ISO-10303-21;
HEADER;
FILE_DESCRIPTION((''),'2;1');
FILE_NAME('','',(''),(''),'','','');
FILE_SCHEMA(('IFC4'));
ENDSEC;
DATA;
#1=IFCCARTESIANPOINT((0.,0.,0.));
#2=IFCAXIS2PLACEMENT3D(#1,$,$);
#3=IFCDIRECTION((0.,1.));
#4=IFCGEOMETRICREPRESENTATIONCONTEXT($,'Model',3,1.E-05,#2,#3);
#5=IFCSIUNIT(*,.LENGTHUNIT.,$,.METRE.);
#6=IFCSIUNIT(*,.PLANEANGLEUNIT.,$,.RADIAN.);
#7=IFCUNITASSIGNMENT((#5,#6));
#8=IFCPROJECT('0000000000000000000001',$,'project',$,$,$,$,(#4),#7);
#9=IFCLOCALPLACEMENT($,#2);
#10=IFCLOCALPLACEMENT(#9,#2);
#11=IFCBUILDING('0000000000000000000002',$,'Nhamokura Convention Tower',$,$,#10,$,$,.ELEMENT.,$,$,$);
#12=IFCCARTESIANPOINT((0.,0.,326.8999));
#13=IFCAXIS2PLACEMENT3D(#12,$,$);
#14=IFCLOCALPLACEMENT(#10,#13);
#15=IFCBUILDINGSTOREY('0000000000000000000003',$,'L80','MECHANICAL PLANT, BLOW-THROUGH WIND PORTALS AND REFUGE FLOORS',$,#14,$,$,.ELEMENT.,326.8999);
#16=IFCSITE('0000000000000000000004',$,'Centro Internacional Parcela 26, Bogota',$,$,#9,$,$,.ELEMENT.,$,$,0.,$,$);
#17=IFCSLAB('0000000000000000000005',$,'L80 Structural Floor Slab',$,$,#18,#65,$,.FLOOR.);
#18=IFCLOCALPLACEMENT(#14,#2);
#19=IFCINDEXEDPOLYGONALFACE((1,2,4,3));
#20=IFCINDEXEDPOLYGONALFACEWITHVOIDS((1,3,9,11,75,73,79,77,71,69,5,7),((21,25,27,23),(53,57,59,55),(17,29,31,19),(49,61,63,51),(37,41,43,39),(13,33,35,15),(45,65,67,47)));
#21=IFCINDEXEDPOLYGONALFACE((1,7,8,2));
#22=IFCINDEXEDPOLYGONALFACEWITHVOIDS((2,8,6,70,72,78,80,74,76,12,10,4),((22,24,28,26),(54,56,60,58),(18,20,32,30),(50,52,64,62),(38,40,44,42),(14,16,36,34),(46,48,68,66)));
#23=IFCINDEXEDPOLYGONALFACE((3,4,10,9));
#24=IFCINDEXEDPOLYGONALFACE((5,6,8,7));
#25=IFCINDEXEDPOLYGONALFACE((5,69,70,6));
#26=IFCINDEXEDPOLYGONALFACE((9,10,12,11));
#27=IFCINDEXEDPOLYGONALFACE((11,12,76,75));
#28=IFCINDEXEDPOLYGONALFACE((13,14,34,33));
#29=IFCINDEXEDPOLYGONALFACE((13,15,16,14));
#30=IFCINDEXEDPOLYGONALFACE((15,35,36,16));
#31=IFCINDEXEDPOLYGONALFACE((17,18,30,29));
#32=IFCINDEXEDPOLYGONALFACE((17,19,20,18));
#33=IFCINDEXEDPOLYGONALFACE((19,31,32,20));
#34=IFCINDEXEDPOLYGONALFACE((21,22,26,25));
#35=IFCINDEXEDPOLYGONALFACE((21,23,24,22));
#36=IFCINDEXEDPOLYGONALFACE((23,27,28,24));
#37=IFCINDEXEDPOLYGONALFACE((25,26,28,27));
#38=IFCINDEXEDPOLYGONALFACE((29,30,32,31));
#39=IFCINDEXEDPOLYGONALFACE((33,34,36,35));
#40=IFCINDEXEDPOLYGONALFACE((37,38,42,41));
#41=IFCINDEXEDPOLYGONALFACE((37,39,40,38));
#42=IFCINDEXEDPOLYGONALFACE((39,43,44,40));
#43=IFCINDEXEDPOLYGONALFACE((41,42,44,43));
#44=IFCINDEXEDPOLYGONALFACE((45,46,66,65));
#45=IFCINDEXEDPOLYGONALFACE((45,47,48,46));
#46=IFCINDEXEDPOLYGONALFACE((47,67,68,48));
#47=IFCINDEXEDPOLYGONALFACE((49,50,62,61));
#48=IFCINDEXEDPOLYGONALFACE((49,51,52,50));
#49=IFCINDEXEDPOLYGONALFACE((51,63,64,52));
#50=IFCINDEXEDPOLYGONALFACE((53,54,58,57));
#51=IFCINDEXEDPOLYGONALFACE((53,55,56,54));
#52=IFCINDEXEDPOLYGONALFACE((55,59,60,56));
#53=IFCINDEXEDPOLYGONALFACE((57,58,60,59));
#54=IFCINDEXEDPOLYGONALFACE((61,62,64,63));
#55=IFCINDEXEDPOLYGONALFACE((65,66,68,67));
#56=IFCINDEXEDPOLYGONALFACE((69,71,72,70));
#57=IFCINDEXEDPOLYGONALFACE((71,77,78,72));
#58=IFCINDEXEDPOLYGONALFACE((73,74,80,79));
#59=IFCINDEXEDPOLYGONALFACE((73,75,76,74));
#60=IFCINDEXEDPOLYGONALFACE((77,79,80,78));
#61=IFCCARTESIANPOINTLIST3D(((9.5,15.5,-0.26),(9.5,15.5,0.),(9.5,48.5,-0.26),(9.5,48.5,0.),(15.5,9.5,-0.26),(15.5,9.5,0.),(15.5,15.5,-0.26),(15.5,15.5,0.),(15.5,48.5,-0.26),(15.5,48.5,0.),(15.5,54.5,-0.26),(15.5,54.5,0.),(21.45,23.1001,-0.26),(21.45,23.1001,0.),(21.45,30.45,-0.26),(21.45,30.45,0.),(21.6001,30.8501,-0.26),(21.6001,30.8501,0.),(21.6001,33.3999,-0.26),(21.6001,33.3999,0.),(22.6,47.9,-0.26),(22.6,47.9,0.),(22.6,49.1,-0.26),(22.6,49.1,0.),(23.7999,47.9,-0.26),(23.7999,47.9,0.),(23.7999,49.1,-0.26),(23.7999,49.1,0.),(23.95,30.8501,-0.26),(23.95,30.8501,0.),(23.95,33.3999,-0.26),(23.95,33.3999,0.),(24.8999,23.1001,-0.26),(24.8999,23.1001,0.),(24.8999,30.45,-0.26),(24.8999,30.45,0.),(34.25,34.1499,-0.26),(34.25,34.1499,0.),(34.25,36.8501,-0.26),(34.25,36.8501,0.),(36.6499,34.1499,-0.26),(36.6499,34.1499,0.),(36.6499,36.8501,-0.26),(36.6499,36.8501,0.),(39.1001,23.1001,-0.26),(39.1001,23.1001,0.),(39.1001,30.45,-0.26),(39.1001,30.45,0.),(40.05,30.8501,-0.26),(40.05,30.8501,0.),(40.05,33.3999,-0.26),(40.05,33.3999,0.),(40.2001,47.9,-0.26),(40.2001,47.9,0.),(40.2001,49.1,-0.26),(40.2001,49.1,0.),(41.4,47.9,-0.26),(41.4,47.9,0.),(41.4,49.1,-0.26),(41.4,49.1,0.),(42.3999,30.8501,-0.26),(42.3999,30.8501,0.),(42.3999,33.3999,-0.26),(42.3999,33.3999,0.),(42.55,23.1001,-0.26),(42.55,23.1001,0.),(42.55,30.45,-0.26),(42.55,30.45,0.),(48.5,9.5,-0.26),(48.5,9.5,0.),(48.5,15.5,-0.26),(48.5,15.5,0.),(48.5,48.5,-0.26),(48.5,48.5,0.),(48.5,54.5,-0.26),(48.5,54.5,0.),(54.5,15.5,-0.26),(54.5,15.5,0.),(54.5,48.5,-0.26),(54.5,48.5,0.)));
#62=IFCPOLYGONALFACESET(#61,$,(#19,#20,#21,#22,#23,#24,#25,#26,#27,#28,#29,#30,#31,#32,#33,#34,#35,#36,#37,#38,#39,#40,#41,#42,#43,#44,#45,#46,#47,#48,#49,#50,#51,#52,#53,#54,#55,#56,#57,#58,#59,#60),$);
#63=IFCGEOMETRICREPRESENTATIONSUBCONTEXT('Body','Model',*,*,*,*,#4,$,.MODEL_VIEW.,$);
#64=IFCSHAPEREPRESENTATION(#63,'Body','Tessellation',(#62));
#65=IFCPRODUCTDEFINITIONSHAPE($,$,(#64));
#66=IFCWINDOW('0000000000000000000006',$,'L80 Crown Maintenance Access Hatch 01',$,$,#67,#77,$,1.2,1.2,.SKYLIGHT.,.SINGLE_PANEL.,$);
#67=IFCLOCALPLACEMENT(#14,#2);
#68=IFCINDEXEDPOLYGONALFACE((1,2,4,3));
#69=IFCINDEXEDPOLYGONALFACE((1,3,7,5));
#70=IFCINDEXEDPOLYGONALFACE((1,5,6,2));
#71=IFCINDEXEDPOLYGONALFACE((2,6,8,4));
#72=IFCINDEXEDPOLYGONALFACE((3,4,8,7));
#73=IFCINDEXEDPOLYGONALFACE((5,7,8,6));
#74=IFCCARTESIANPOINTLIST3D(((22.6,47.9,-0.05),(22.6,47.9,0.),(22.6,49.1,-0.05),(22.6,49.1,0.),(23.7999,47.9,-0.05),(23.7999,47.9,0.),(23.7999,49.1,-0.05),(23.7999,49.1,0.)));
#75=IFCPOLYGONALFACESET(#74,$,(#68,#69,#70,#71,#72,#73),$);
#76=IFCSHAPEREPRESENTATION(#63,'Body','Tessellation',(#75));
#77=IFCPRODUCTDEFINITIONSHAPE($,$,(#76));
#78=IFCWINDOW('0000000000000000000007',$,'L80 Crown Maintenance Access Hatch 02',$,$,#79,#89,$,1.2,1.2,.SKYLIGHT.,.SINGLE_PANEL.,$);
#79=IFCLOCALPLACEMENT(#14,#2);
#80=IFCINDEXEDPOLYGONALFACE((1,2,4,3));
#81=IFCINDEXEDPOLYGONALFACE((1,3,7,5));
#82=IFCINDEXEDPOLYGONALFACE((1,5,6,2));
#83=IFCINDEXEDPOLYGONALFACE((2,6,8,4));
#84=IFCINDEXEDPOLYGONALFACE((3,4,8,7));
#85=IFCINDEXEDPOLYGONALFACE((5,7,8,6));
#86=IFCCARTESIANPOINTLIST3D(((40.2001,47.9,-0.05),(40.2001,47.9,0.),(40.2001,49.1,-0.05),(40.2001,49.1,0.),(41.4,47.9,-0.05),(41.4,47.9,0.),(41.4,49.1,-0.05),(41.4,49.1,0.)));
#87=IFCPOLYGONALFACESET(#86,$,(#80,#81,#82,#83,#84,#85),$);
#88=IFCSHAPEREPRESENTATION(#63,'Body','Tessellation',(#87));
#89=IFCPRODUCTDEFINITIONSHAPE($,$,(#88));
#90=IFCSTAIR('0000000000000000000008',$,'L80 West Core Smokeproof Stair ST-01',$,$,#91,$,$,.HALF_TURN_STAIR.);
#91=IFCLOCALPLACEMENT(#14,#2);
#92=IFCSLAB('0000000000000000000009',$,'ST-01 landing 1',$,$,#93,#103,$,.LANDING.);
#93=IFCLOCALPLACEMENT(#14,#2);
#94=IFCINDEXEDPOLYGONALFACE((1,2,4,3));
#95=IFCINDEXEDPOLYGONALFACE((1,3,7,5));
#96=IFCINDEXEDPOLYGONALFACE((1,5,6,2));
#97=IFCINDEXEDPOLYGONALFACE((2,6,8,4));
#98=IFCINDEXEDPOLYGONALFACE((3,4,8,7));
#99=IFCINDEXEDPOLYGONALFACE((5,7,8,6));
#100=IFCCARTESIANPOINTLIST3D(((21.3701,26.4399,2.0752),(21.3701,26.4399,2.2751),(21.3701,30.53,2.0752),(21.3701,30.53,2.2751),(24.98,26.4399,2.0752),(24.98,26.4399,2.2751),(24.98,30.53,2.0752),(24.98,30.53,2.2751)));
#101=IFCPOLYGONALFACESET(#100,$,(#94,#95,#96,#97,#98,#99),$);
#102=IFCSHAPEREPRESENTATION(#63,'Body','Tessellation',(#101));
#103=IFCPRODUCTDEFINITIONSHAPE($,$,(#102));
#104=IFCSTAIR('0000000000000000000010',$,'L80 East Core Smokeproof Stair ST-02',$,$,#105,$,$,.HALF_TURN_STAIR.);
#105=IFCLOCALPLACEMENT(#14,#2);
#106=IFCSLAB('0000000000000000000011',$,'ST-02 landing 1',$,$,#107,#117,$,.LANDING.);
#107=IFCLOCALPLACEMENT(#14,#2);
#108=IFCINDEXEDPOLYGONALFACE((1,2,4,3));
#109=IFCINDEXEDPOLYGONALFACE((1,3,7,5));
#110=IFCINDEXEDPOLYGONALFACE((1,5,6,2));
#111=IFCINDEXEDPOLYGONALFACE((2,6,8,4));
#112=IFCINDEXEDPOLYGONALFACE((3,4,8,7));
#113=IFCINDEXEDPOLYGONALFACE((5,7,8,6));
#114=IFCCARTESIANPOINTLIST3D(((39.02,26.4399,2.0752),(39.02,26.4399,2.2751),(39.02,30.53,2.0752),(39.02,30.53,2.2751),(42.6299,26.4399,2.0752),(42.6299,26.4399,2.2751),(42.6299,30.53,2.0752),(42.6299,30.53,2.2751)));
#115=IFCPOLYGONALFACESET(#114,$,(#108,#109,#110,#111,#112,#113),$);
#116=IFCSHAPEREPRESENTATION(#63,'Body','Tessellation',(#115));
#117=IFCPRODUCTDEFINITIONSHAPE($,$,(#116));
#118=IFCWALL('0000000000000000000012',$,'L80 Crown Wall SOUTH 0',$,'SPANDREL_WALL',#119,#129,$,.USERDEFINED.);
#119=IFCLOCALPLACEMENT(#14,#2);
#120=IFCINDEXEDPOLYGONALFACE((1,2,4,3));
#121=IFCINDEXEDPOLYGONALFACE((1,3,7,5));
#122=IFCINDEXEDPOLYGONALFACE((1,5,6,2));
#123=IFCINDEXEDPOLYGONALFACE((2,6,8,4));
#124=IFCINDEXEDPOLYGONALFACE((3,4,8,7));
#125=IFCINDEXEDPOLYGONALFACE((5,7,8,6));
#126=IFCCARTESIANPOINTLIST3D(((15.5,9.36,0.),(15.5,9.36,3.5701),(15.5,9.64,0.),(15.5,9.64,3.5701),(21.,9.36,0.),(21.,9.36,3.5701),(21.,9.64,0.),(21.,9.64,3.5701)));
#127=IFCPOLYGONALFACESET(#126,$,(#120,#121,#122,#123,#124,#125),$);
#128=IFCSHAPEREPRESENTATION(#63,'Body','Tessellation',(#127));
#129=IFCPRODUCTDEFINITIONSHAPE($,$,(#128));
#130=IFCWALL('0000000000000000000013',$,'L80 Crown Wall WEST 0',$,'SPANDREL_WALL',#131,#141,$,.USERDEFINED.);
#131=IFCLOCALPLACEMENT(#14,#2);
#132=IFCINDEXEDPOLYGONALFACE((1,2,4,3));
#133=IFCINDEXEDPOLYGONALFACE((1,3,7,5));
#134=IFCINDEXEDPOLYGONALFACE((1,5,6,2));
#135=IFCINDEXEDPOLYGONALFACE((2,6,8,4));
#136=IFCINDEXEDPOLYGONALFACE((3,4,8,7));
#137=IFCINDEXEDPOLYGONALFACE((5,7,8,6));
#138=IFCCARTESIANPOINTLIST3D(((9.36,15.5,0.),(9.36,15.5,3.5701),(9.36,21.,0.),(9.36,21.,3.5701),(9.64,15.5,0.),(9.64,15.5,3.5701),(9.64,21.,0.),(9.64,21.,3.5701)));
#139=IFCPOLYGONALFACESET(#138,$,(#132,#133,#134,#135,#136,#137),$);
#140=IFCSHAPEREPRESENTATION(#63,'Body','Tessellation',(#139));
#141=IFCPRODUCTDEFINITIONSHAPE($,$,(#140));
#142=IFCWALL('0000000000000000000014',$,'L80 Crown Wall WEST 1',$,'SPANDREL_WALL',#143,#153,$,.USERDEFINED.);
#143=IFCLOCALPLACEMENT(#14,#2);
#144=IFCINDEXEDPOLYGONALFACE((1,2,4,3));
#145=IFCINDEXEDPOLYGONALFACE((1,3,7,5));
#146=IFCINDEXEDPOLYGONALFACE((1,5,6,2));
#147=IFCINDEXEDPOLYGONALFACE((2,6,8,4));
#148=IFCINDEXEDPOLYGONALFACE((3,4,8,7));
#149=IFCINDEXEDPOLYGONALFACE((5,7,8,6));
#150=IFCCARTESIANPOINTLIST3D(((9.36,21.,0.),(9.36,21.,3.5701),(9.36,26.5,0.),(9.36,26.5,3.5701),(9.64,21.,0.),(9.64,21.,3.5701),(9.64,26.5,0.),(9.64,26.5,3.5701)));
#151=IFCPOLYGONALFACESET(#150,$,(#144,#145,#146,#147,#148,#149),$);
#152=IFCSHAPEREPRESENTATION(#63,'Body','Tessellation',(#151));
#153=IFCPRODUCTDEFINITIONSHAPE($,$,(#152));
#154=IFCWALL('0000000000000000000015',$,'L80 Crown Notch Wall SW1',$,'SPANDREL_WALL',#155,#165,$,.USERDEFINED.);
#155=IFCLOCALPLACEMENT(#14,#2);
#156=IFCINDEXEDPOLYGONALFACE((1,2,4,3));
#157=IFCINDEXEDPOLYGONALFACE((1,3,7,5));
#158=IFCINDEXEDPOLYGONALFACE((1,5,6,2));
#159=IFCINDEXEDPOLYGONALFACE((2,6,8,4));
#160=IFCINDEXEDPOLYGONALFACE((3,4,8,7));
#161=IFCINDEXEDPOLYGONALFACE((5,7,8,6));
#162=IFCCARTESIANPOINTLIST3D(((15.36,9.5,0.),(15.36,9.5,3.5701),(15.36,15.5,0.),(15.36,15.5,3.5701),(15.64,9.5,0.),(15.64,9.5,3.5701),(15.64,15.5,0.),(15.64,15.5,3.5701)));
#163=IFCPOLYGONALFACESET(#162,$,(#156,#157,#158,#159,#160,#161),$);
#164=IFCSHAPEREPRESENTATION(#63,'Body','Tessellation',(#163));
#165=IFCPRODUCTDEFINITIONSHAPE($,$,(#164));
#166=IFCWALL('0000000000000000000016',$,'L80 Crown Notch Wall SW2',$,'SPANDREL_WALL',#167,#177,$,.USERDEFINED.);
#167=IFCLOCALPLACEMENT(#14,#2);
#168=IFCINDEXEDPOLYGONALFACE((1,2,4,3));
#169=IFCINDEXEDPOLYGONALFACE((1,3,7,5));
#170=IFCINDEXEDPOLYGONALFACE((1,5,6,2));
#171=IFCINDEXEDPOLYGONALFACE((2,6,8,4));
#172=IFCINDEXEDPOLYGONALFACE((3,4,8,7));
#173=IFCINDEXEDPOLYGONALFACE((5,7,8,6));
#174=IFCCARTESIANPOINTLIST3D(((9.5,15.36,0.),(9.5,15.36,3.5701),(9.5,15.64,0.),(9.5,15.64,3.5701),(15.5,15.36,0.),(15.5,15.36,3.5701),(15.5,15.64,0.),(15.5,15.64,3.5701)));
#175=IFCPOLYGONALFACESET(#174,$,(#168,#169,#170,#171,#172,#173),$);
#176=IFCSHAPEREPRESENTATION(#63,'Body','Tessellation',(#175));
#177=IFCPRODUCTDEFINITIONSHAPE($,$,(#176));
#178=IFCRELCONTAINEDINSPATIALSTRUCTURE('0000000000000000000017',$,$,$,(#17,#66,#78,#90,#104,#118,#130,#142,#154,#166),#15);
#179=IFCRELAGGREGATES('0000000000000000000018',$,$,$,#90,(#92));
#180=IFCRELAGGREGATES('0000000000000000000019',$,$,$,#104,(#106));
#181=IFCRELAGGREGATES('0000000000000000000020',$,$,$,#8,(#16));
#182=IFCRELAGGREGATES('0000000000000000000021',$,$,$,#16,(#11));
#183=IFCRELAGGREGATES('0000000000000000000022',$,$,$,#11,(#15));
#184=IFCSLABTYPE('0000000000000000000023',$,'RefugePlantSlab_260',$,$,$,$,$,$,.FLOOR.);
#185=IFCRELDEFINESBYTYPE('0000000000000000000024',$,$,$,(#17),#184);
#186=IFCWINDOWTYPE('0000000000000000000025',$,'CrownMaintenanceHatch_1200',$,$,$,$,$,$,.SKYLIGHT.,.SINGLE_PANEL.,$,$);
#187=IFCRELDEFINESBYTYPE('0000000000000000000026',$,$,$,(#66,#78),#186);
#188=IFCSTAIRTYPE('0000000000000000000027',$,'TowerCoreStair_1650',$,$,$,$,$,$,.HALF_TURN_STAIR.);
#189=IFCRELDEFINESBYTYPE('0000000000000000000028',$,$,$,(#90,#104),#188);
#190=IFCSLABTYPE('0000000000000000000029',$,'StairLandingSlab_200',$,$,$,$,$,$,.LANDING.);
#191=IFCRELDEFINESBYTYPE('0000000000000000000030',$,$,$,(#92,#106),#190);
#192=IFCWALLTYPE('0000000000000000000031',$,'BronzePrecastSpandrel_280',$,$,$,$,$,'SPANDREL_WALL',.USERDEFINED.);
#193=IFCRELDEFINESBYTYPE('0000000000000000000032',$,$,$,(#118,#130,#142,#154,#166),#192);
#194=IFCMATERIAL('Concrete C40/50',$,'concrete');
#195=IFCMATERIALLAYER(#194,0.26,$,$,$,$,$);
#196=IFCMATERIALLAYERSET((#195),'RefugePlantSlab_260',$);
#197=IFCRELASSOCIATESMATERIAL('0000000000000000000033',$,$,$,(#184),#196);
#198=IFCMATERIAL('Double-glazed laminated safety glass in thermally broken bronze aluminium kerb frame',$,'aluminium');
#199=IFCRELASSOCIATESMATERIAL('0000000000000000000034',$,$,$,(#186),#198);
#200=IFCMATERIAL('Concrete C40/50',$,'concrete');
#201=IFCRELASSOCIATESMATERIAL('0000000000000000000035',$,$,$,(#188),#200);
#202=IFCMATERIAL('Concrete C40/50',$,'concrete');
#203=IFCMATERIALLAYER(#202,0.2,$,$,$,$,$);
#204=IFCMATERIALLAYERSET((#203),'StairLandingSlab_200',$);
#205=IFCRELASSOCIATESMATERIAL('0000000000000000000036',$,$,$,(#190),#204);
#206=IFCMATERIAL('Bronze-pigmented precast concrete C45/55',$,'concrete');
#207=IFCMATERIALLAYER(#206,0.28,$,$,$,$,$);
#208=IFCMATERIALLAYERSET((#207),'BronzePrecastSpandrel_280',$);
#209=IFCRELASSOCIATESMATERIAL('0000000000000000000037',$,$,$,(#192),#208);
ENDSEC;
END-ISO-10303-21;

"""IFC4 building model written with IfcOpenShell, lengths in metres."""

from ifc_helpers import new_model, si_unit, direction, frame, frame_2d, origin, origin_2d, place, context, subcontext, project, spatial, polyline, rectangle, outline, extrude, material, layer, layer_set, type_object, element, fill, aggregate, save


model = new_model("IFC4")

# Units and contexts
model_context = context("Model", 3, precision=1e-05, world=origin(), true_north=direction((0.0, 1.0)))
body_context = subcontext(model_context, "Body", "Model", "MODEL_VIEW")
ifc_project = project(units=[si_unit("LENGTHUNIT", "METRE"), si_unit("PLANEANGLEUNIT", "RADIAN")], contexts=[model_context])

# Site, building, storey
site_placement = place(None, origin())
site = spatial("IfcSite", under=ifc_project, at=site_placement, Name="Centro Internacional Parcela 26, Bogota", CompositionType="ELEMENT", RefElevation=0.0)
building_placement = place(site_placement, origin())
building = spatial("IfcBuilding", under=site, at=building_placement, Name="Nhamokura Convention Tower", CompositionType="ELEMENT")
storey_placement = place(building_placement, frame((0.0, 0.0, 326.8999)))
storey = spatial("IfcBuildingStorey", under=building, at=storey_placement, Name="L80", Description="MECHANICAL PLANT, BLOW-THROUGH WIND PORTALS AND REFUGE FLOORS", CompositionType="ELEMENT", Elevation=326.8999)

# Slab, openings, windows
ifc_material_1 = material(Name="Concrete C40/50", Category="concrete")
ifc_layer_1 = layer(ifc_material_1, 0.26)
ifc_layer_set_1 = layer_set([ifc_layer_1], Name="RefugePlantSlab_260")
slab_type_1 = type_object("IfcSlabType", Name="RefugePlantSlab_260", PredefinedType="FLOOR", material=ifc_layer_set_1)
slab_1_placement = place(storey_placement, frame((0.0, 0.0, -0.26)))
slab_1 = element("IfcSlab", 1, at=slab_1_placement, inside=storey, type_object=slab_type_1, Name="L80 Structural Floor Slab", PredefinedType="FLOOR", context=body_context, shape_type="SweptSolid", body=[
    extrude(outline(polyline([(15.5, 9.5), (48.5, 9.5), (48.5, 15.5), (54.5, 15.5), (54.5, 48.5), (48.5, 48.5), (48.5, 54.5), (15.5, 54.5), (15.5, 48.5), (9.5, 48.5), (9.5, 15.5), (15.5, 15.5), (15.5, 9.5)]), holes=[polyline([(24.8999, 23.1001), (24.8999, 30.45), (21.45, 30.45), (21.45, 23.1001), (24.8999, 23.1001)]), polyline([(42.55, 23.1001), (42.55, 30.45), (39.1001, 30.45), (39.1001, 23.1001), (42.55, 23.1001)]), polyline([(21.6001, 30.8501), (23.95, 30.8501), (23.95, 33.3999), (21.6001, 33.3999), (21.6001, 30.8501)]), polyline([(40.05, 30.8501), (42.3999, 30.8501), (42.3999, 33.3999), (40.05, 33.3999), (40.05, 30.8501)]), polyline([(34.25, 34.1499), (36.6499, 34.1499), (36.6499, 36.8501), (34.25, 36.8501), (34.25, 34.1499)])]), origin(), (0.0, 0.0, 1.0), 0.26),
])
opening_1_placement = place(slab_1_placement, frame((23.2, 48.5, 0.0)))
opening_1 = element("IfcOpeningElement", 2, at=opening_1_placement, cuts=slab_1, PredefinedType="OPENING", context=body_context, shape_type="SweptSolid", body=[
    extrude(rectangle(XDim=1.2, YDim=1.2, at=origin_2d()), origin(), (0.0, 0.0, 1.0), 0.26),
])
opening_2_placement = place(slab_1_placement, frame((40.8, 48.5, 0.0)))
opening_2 = element("IfcOpeningElement", 3, at=opening_2_placement, cuts=slab_1, PredefinedType="OPENING", context=body_context, shape_type="SweptSolid", body=[
    extrude(rectangle(XDim=1.2, YDim=1.2, at=origin_2d()), origin(), (0.0, 0.0, 1.0), 0.26),
])
ifc_material_2 = material(Name="Double-glazed laminated safety glass in thermally broken bronze aluminium kerb frame", Category="aluminium")
window_type = type_object("IfcWindowType", Name="CrownMaintenanceHatch_1200", PartitioningType="SINGLE_PANEL", PredefinedType="SKYLIGHT", material=ifc_material_2)
window_1_placement = place(opening_1_placement, frame((0.0, 0.0, 0.21)))
window_1 = element("IfcWindow", 4, at=window_1_placement, inside=storey, type_object=window_type, Name="L80 Crown Maintenance Access Hatch 01", OverallHeight=1.2, OverallWidth=1.2, PartitioningType="SINGLE_PANEL", PredefinedType="SKYLIGHT", context=body_context, shape_type="SweptSolid", body=[
    extrude(rectangle(XDim=1.2, YDim=1.2, at=origin_2d()), origin(), (0.0, 0.0, 1.0), 0.05),
])
fill(opening_1, window_1)
window_2_placement = place(opening_2_placement, frame((0.0, 0.0, 0.21)))
window_2 = element("IfcWindow", 5, at=window_2_placement, inside=storey, type_object=window_type, Name="L80 Crown Maintenance Access Hatch 02", OverallHeight=1.2, OverallWidth=1.2, PartitioningType="SINGLE_PANEL", PredefinedType="SKYLIGHT", context=body_context, shape_type="SweptSolid", body=[
    extrude(rectangle(XDim=1.2, YDim=1.2, at=origin_2d()), origin(), (0.0, 0.0, 1.0), 0.05),
])
fill(opening_2, window_2)

# Stairs, slabs
ifc_material_3 = material(Name="Concrete C40/50", Category="concrete")
stair_type = type_object("IfcStairType", Name="TowerCoreStair_1650", PredefinedType="HALF_TURN_STAIR", material=ifc_material_3)
stair_1_placement = place(storey_placement, origin())
stair_1 = element("IfcStair", 6, at=stair_1_placement, inside=storey, type_object=stair_type, Name="L80 West Core Smokeproof Stair ST-01", PredefinedType="HALF_TURN_STAIR")
ifc_material_4 = material(Name="Concrete C40/50", Category="concrete")
ifc_layer_2 = layer(ifc_material_4, 0.2)
ifc_layer_set_2 = layer_set([ifc_layer_2], Name="StairLandingSlab_200")
slab_type_2 = type_object("IfcSlabType", Name="StairLandingSlab_200", PredefinedType="LANDING", material=ifc_layer_set_2)
slab_2_placement = place(storey_placement, frame((0.0, 0.0, 2.0752)))
slab_2 = element("IfcSlab", 7, at=slab_2_placement, type_object=slab_type_2, Name="ST-01 landing 1", PredefinedType="LANDING", context=body_context, shape_type="SweptSolid", body=[
    extrude(outline(polyline([(24.98, 26.4399), (24.98, 30.53), (21.3701, 30.53), (21.3701, 26.4399), (24.98, 26.4399)])), origin(), (0.0, 0.0, 1.0), 0.2),
])
aggregate(stair_1, [slab_2])
stair_2_placement = place(storey_placement, origin())
stair_2 = element("IfcStair", 8, at=stair_2_placement, inside=storey, type_object=stair_type, Name="L80 East Core Smokeproof Stair ST-02", PredefinedType="HALF_TURN_STAIR")
slab_3_placement = place(storey_placement, frame((0.0, 0.0, 2.0752)))
slab_3 = element("IfcSlab", 9, at=slab_3_placement, type_object=slab_type_2, Name="ST-02 landing 1", PredefinedType="LANDING", context=body_context, shape_type="SweptSolid", body=[
    extrude(outline(polyline([(42.6299, 26.4399), (42.6299, 30.53), (39.02, 30.53), (39.02, 26.4399), (42.6299, 26.4399)])), origin(), (0.0, 0.0, 1.0), 0.2),
])
aggregate(stair_2, [slab_3])

# Walls
ifc_material_5 = material(Name="Bronze-pigmented precast concrete C45/55", Category="concrete")
ifc_layer_3 = layer(ifc_material_5, 0.28)
ifc_layer_set_3 = layer_set([ifc_layer_3], Name="BronzePrecastSpandrel_280")
wall_type_1 = type_object("IfcWallType", Name="BronzePrecastSpandrel_280", ElementType="SPANDREL_WALL", PredefinedType="USERDEFINED", material=ifc_layer_set_3)
for number, where, z_axis, x_axis, name in (
    (10, (21.0, 9.5, 0.0), (0.0, 0.0, 1.0), (-1.0, 0.0, 0.0), "L80 Crown Wall SOUTH 0"),
    (11, (9.5, 15.5, 0.0), (0.0, 0.0, 1.0), (0.0, 1.0, 0.0), "L80 Crown Wall WEST 0"),
    (12, (9.5, 21.0, 0.0), (0.0, 0.0, 1.0), (0.0, 1.0, 0.0), "L80 Crown Wall WEST 1"),
):
    element("IfcWall", number, at=place(storey_placement, frame(where, z_axis=z_axis, x_axis=x_axis)), inside=storey, type_object=wall_type_1, Name=name, ObjectType="SPANDREL_WALL", PredefinedType="USERDEFINED", context=body_context, shape_type="SweptSolid", body=[
        extrude(rectangle(XDim=5.5, YDim=0.28, at=frame_2d((2.75, 0.0))), origin(), (0.0, 0.0, 1.0), 3.5701),
    ])
for number, where, z_axis, x_axis, name in (
    (13, (15.5, 9.5, 0.0), (0.0, 0.0, 1.0), (0.0, 1.0, 0.0), "L80 Crown Notch Wall SW1"),
    (14, (15.5, 15.5, 0.0), (0.0, 0.0, 1.0), (-1.0, 0.0, 0.0), "L80 Crown Notch Wall SW2"),
):
    element("IfcWall", number, at=place(storey_placement, frame(where, z_axis=z_axis, x_axis=x_axis)), inside=storey, type_object=wall_type_1, Name=name, ObjectType="SPANDREL_WALL", PredefinedType="USERDEFINED", context=body_context, shape_type="SweptSolid", body=[
        extrude(rectangle(XDim=6.0, YDim=0.28, at=frame_2d((3.0, 0.0))), origin(), (0.0, 0.0, 1.0), 3.5701),
    ])

save(model, "model.ifc")
